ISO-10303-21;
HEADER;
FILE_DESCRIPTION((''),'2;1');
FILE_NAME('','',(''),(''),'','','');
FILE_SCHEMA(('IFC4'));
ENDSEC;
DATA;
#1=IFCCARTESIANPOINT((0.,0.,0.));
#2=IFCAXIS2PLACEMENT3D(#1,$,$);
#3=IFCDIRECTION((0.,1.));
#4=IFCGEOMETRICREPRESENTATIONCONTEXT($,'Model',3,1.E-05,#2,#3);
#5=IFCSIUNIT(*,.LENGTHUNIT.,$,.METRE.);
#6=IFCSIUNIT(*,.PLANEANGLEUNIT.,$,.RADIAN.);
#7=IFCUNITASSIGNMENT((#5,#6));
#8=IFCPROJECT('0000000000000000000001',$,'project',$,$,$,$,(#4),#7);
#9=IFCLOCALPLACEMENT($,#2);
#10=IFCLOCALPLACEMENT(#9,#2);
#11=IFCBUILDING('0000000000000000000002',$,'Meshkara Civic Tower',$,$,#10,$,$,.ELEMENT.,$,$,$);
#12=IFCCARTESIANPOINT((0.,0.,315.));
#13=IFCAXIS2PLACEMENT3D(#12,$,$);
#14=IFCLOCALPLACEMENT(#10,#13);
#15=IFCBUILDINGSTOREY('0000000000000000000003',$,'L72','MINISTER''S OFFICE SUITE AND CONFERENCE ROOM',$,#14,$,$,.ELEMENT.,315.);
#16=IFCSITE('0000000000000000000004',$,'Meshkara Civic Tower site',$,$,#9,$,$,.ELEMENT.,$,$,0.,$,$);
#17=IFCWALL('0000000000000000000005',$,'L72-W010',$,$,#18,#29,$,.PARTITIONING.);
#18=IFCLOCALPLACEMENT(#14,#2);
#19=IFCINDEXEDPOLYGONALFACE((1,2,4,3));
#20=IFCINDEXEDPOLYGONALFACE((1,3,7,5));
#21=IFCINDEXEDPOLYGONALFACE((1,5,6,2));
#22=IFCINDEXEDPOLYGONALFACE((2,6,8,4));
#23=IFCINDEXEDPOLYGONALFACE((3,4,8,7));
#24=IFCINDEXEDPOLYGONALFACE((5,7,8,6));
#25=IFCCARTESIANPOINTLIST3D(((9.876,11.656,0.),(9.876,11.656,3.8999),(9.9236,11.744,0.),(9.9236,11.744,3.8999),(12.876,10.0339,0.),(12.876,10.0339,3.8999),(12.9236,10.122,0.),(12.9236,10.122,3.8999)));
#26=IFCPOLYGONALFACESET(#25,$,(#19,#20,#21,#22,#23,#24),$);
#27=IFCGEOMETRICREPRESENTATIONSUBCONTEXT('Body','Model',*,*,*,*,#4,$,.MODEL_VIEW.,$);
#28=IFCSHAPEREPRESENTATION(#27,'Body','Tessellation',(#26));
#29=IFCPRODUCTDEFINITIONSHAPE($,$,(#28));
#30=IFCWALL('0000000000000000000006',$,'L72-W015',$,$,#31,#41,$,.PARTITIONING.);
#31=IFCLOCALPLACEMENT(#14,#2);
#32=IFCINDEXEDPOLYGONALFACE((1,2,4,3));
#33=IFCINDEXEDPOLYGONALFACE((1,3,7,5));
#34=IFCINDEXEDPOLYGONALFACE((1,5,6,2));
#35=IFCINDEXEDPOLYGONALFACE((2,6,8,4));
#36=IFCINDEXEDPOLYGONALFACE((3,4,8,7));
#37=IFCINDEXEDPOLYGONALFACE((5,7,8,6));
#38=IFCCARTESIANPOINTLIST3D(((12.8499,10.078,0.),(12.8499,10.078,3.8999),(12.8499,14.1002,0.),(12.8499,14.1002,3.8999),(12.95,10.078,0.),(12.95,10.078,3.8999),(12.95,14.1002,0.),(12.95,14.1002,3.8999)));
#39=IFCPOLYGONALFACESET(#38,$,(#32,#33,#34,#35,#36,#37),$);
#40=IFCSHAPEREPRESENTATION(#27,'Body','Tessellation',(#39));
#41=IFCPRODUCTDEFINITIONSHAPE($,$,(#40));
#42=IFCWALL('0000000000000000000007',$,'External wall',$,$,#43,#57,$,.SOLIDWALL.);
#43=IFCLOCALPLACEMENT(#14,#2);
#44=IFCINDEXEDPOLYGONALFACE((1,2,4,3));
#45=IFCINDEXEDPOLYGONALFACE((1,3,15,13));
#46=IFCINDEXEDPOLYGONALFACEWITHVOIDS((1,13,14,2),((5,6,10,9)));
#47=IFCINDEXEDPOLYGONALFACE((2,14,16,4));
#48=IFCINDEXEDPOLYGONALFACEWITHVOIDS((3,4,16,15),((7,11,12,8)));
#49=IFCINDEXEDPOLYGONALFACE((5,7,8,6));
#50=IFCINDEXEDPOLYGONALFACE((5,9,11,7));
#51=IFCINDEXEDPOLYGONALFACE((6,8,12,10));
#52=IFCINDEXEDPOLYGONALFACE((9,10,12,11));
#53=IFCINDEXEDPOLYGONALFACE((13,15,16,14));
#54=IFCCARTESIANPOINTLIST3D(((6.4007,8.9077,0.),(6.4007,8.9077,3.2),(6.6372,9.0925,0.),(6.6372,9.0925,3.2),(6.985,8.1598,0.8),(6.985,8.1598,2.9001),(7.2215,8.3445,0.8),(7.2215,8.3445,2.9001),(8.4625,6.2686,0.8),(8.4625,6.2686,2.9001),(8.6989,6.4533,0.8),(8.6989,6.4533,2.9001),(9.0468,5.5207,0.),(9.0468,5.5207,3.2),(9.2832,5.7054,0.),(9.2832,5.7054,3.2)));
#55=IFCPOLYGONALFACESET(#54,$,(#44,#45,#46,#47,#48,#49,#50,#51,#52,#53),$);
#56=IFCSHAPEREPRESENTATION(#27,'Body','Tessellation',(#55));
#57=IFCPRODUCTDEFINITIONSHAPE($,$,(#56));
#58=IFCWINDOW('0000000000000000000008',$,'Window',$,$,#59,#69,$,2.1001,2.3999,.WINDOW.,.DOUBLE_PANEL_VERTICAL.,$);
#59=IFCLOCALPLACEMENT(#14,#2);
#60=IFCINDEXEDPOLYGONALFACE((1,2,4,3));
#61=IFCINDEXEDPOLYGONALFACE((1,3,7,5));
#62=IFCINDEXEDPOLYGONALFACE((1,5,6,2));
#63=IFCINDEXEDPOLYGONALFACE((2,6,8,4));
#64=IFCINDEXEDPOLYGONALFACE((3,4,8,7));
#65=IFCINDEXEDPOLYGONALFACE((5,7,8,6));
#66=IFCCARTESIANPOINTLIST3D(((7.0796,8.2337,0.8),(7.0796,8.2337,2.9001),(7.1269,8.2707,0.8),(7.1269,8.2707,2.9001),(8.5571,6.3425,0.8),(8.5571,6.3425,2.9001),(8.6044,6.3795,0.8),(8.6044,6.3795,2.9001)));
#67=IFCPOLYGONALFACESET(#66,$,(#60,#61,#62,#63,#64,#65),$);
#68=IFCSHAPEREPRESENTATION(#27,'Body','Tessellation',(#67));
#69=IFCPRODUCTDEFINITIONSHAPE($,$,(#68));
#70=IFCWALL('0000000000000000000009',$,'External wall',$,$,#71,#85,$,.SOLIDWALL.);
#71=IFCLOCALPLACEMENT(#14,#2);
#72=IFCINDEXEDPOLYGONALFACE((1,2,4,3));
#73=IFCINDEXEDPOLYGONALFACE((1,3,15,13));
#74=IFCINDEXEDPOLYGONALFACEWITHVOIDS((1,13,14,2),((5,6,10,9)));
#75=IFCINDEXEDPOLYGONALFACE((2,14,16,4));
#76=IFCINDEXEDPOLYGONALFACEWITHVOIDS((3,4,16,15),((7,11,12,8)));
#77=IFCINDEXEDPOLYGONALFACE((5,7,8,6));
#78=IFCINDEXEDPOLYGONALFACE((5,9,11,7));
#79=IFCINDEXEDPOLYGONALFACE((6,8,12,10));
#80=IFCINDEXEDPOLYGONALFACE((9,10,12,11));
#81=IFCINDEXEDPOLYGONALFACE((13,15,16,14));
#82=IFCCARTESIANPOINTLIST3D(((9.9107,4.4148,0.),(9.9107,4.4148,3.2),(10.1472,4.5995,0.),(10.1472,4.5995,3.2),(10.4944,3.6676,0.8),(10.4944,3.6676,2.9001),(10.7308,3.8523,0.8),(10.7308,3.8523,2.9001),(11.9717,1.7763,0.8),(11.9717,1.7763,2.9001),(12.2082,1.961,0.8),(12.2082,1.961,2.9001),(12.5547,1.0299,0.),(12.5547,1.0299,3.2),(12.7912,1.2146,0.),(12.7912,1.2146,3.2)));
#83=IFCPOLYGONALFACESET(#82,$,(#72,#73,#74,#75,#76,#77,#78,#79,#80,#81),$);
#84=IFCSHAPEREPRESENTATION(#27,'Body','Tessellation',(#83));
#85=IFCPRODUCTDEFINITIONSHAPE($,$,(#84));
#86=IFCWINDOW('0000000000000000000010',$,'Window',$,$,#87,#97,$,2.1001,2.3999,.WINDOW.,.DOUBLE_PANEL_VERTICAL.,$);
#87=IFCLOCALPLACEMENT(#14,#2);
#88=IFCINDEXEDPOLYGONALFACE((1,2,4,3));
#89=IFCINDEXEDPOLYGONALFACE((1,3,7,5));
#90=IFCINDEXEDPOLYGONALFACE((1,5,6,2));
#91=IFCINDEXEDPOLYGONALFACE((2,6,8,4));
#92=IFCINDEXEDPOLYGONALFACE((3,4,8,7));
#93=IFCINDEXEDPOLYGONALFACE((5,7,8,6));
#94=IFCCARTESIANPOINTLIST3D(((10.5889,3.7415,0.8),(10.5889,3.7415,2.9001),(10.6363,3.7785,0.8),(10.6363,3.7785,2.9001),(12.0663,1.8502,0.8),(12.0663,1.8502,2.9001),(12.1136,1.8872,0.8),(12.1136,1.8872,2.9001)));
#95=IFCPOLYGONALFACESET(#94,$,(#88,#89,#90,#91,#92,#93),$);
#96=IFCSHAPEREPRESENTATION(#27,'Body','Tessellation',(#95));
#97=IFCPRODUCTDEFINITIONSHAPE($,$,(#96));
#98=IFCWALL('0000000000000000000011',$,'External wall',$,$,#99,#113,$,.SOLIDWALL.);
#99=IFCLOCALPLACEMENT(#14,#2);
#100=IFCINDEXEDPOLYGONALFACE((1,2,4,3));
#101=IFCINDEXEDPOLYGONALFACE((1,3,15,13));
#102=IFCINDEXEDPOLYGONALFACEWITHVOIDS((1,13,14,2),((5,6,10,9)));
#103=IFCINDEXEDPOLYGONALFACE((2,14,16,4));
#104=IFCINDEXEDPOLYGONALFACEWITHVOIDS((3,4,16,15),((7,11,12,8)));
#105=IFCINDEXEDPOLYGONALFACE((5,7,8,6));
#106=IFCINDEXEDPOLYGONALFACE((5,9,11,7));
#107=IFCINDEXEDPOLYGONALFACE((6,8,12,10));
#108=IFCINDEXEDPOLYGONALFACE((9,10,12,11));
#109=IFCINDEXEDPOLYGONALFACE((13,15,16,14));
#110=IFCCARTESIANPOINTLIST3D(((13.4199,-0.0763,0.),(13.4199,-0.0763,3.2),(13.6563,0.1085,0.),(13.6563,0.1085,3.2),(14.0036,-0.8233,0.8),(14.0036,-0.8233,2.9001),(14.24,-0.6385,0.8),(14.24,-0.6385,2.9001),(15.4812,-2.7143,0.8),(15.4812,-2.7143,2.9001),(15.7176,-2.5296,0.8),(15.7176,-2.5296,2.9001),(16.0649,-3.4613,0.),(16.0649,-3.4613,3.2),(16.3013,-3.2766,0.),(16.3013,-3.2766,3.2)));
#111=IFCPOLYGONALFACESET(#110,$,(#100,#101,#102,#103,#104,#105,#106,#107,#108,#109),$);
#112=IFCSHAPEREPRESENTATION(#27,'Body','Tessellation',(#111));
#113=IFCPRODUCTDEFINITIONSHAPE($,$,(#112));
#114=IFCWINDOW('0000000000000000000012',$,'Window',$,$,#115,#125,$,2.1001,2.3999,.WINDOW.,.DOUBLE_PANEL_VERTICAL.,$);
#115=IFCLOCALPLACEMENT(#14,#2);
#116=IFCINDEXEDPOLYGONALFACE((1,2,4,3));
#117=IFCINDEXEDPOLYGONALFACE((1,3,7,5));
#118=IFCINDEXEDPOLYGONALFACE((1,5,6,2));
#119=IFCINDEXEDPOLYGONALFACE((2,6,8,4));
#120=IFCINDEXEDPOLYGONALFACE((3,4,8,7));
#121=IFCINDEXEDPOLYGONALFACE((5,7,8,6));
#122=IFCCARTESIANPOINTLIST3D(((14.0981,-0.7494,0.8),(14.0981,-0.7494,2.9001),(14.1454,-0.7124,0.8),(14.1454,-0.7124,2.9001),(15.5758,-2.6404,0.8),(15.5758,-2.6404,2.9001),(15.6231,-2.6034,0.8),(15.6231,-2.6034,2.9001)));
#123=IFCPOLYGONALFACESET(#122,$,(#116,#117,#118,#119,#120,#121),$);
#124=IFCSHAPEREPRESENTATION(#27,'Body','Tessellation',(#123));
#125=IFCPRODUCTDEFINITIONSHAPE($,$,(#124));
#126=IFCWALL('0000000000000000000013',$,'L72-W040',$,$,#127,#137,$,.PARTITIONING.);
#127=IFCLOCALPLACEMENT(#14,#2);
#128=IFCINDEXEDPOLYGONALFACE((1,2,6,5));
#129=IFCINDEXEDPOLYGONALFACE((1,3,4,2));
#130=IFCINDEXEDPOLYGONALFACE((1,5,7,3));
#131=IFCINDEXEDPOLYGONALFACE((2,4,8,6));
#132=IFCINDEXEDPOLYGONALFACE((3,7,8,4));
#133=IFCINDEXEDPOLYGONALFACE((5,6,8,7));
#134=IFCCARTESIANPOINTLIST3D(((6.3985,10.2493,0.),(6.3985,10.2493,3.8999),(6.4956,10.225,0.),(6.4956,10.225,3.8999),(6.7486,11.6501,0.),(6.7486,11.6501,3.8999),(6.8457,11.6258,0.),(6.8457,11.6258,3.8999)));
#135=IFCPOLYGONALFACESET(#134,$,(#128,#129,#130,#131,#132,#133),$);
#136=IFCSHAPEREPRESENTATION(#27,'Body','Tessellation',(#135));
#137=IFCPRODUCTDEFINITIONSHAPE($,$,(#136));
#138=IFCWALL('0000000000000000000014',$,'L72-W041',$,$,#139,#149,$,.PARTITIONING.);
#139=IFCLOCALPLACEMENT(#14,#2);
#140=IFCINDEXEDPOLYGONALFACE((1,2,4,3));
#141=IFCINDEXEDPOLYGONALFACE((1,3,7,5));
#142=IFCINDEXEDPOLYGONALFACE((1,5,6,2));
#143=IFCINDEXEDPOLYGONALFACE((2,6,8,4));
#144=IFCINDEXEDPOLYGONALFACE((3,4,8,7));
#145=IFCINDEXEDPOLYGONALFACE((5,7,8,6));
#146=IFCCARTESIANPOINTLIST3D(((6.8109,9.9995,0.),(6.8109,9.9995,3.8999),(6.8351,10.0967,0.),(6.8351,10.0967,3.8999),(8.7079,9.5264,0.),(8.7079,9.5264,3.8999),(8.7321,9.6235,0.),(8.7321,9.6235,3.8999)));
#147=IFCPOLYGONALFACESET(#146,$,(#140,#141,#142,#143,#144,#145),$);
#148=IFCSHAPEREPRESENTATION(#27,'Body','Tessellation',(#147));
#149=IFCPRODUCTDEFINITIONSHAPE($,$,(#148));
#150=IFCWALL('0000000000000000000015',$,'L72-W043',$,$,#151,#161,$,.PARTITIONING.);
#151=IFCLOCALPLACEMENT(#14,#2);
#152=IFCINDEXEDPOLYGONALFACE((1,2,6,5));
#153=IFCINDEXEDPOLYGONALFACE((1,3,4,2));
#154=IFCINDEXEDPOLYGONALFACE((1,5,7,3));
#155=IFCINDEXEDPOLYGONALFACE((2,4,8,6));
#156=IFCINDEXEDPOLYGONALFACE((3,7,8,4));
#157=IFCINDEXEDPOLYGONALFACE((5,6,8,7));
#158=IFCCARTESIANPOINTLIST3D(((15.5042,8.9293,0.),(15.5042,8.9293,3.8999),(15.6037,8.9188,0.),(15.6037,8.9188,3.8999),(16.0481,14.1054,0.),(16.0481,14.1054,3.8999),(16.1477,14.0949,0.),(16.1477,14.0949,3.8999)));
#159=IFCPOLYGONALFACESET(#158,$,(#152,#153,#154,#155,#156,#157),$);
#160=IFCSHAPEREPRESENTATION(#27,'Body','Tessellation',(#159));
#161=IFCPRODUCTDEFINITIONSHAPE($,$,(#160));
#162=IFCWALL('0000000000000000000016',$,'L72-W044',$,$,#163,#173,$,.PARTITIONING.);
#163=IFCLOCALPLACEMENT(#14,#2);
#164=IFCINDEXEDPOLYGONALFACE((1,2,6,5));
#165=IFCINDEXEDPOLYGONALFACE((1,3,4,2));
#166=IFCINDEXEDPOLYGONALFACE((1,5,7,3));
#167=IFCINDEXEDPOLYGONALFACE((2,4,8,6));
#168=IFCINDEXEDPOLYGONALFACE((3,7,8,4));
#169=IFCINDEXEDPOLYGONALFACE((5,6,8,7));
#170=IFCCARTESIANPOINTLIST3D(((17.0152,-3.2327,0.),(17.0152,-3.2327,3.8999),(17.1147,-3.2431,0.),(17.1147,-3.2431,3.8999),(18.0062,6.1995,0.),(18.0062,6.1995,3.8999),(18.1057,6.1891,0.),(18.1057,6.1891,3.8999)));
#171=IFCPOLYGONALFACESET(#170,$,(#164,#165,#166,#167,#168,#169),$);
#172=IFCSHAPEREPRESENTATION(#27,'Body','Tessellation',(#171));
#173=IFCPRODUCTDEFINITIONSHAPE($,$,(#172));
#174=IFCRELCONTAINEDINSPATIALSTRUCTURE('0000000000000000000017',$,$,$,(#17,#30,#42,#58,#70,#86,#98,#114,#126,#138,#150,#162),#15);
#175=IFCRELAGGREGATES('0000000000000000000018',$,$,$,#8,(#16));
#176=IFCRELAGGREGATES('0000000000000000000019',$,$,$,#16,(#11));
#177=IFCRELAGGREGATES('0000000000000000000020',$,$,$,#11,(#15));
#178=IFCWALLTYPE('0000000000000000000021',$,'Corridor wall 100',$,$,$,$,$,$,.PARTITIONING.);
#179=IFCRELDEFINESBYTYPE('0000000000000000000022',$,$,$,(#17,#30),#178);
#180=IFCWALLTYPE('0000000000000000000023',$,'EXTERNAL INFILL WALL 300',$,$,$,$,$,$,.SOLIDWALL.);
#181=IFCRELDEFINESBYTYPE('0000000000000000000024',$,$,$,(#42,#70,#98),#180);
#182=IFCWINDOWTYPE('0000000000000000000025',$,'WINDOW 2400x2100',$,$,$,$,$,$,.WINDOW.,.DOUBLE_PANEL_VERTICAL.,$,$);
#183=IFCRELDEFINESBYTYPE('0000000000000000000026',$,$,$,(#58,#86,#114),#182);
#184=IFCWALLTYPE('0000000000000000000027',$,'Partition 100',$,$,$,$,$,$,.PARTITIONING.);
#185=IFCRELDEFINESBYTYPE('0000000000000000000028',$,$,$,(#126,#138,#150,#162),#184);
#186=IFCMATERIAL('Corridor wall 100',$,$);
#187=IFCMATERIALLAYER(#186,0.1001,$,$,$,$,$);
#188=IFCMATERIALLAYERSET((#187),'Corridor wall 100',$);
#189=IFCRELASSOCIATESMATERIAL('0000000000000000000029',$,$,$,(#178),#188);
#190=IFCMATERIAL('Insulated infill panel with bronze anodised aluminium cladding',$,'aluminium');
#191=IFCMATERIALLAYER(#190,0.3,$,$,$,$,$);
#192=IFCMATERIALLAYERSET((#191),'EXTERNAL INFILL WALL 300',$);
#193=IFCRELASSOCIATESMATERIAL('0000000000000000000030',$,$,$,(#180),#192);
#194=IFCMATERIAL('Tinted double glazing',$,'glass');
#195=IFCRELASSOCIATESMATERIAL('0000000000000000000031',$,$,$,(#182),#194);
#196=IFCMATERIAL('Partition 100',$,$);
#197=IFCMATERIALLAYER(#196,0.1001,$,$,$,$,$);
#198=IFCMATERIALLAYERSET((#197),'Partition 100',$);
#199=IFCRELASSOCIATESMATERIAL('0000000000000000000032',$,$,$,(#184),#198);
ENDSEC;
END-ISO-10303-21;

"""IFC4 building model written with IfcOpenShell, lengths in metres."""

from ifc_helpers import new_model, si_unit, direction, frame, frame_2d, origin, place, context, subcontext, project, spatial, rectangle, extrude, material, layer, layer_set, type_object, element, fill, save


model = new_model("IFC4")

# Units and contexts
model_context = context("Model", 3, precision=1e-05, world=origin(), true_north=direction((0.0, 1.0)))
body_context = subcontext(model_context, "Body", "Model", "MODEL_VIEW")
ifc_project = project(units=[si_unit("LENGTHUNIT", "METRE"), si_unit("PLANEANGLEUNIT", "RADIAN")], contexts=[model_context])

# Site, building, storey
site_placement = place(None, origin())
site = spatial("IfcSite", under=ifc_project, at=site_placement, Name="Meshkara Civic Tower site", CompositionType="ELEMENT", RefElevation=0.0)
building_placement = place(site_placement, origin())
building = spatial("IfcBuilding", under=site, at=building_placement, Name="Meshkara Civic Tower", CompositionType="ELEMENT")
storey_placement = place(building_placement, frame((0.0, 0.0, 315.0)))
storey = spatial("IfcBuildingStorey", under=building, at=storey_placement, Name="L72", Description="MINISTER'S OFFICE SUITE AND CONFERENCE ROOM", CompositionType="ELEMENT", Elevation=315.0)

# Shared definitions
ifc_material_1 = material(Name="Corridor wall 100")
ifc_layer_1 = layer(ifc_material_1, 0.1001)
ifc_layer_set_1 = layer_set([ifc_layer_1], Name="Corridor wall 100")
wall_type_1 = type_object("IfcWallType", Name="Corridor wall 100", PredefinedType="PARTITIONING", material=ifc_layer_set_1)

# Walls
wall_1_placement = place(storey_placement, frame((9.8999, 11.7, 0.0), z_axis=(0.0, 0.0, 1.0), x_axis=(0.879651, -0.475619, 0.0)))
element("IfcWall", 1, at=wall_1_placement, inside=storey, type_object=wall_type_1, Name="L72-W010", PredefinedType="PARTITIONING", context=body_context, shape_type="SweptSolid", body=[
    extrude(rectangle(XDim=3.4104, YDim=0.1001, at=frame_2d((1.7051, 0.0))), origin(), (0.0, 0.0, 1.0), 3.8999),
])
wall_2_placement = place(storey_placement, frame((12.8999, 10.0779, 0.0), z_axis=(0.0, 0.0, 1.0), x_axis=(0.0, 1.0, 0.0)))
element("IfcWall", 2, at=wall_2_placement, inside=storey, type_object=wall_type_1, Name="L72-W015", PredefinedType="PARTITIONING", context=body_context, shape_type="SweptSolid", body=[
    extrude(rectangle(XDim=4.0222, YDim=0.1001, at=frame_2d((2.0112, 0.0))), origin(), (0.0, 0.0, 1.0), 3.8999),
])

# Walls, openings, windows
ifc_material_2 = material(Name="Insulated infill panel with bronze anodised aluminium cladding", Category="aluminium")
ifc_layer_2 = layer(ifc_material_2, 0.3)
ifc_layer_set_2 = layer_set([ifc_layer_2], Name="EXTERNAL INFILL WALL 300")
wall_type_2 = type_object("IfcWallType", Name="EXTERNAL INFILL WALL 300", PredefinedType="SOLIDWALL", material=ifc_layer_set_2)
wall_3_placement = place(storey_placement, frame((6.519, 9.0, 0.0), z_axis=(0.0, 0.0, 1.0), x_axis=(0.615634, -0.788032, 0.0)))
wall_3 = element("IfcWall", 3, at=wall_3_placement, inside=storey, type_object=wall_type_2, Name="External wall", PredefinedType="SOLIDWALL", context=body_context, shape_type="SweptSolid", body=[
    extrude(rectangle(XDim=4.2981, YDim=0.3, at=frame_2d((2.1489, 0.0))), origin(), (0.0, 0.0, 1.0), 3.2),
])
opening_1_placement = place(wall_3_placement, frame((0.949, 0.0, 0.8)))
opening_1 = element("IfcOpeningElement", 4, at=opening_1_placement, cuts=wall_3, PredefinedType="OPENING", context=body_context, shape_type="SweptSolid", body=[
    extrude(rectangle(XDim=2.3999, YDim=2.1001, at=frame_2d((1.2, 1.05))), frame((0.0, 0.1599, 0.0), z_axis=(0.0, -1.0, 0.0), x_axis=(1.0, 0.0, 0.0)), (0.0, 0.0, 1.0), 0.3201),
])
ifc_material_3 = material(Name="Tinted double glazing", Category="glass")
window_type = type_object("IfcWindowType", Name="WINDOW 2400x2100", PartitioningType="DOUBLE_PANEL_VERTICAL", PredefinedType="WINDOW", material=ifc_material_3)
window_1_placement = place(opening_1_placement, origin())
window_1 = element("IfcWindow", 5, at=window_1_placement, inside=storey, type_object=window_type, Name="Window", OverallHeight=2.1001, OverallWidth=2.3999, PartitioningType="DOUBLE_PANEL_VERTICAL", PredefinedType="WINDOW", context=body_context, shape_type="SweptSolid", body=[
    extrude(rectangle(XDim=2.3999, YDim=2.1001, at=frame_2d((1.2, 1.05))), frame((0.0, 0.03, 0.0), z_axis=(0.0, -1.0, 0.0), x_axis=(1.0, 0.0, 0.0)), (0.0, 0.0, 1.0), 0.0601),
])
fill(opening_1, window_1)
wall_4_placement = place(storey_placement, frame((10.0291, 4.5071, 0.0), z_axis=(0.0, 0.0, 1.0), x_axis=(0.615572, -0.78808, 0.0)))
wall_4 = element("IfcWall", 6, at=wall_4_placement, inside=storey, type_object=wall_type_2, Name="External wall", PredefinedType="SOLIDWALL", context=body_context, shape_type="SweptSolid", body=[
    extrude(rectangle(XDim=4.2952, YDim=0.3, at=frame_2d((2.1475, 0.0))), origin(), (0.0, 0.0, 1.0), 3.2),
])
opening_2_placement = place(wall_4_placement, frame((0.948, 0.0, 0.8)))
opening_2 = element("IfcOpeningElement", 7, at=opening_2_placement, cuts=wall_4, PredefinedType="OPENING", context=body_context, shape_type="SweptSolid", body=[
    extrude(rectangle(XDim=2.3999, YDim=2.1001, at=frame_2d((1.2, 1.05))), frame((0.0, 0.1599, 0.0), z_axis=(0.0, -1.0, 0.0), x_axis=(1.0, 0.0, 0.0)), (0.0, 0.0, 1.0), 0.3201),
])
window_2_placement = place(opening_2_placement, origin())
window_2 = element("IfcWindow", 8, at=window_2_placement, inside=storey, type_object=window_type, Name="Window", OverallHeight=2.1001, OverallWidth=2.3999, PartitioningType="DOUBLE_PANEL_VERTICAL", PredefinedType="WINDOW", context=body_context, shape_type="SweptSolid", body=[
    extrude(rectangle(XDim=2.3999, YDim=2.1001, at=frame_2d((1.2, 1.05))), frame((0.0, 0.03, 0.0), z_axis=(0.0, -1.0, 0.0), x_axis=(1.0, 0.0, 0.0)), (0.0, 0.0, 1.0), 0.0601),
])
fill(opening_2, window_2)
wall_5_placement = place(storey_placement, frame((13.5381, 0.0161, 0.0), z_axis=(0.0, 0.0, 1.0), x_axis=(0.615714, -0.78797, 0.0)))
wall_5 = element("IfcWall", 9, at=wall_5_placement, inside=storey, type_object=wall_type_2, Name="External wall", PredefinedType="SOLIDWALL", context=body_context, shape_type="SweptSolid", body=[
    extrude(rectangle(XDim=4.2959, YDim=0.3, at=frame_2d((2.1479, 0.0))), origin(), (0.0, 0.0, 1.0), 3.2),
])
opening_3_placement = place(wall_5_placement, frame((0.948, 0.0, 0.8)))
opening_3 = element("IfcOpeningElement", 10, at=opening_3_placement, cuts=wall_5, PredefinedType="OPENING", context=body_context, shape_type="SweptSolid", body=[
    extrude(rectangle(XDim=2.3999, YDim=2.1001, at=frame_2d((1.2, 1.05))), frame((0.0, 0.1599, 0.0), z_axis=(0.0, -1.0, 0.0), x_axis=(1.0, 0.0, 0.0)), (0.0, 0.0, 1.0), 0.3201),
])
window_3_placement = place(opening_3_placement, origin())
window_3 = element("IfcWindow", 11, at=window_3_placement, inside=storey, type_object=window_type, Name="Window", OverallHeight=2.1001, OverallWidth=2.3999, PartitioningType="DOUBLE_PANEL_VERTICAL", PredefinedType="WINDOW", context=body_context, shape_type="SweptSolid", body=[
    extrude(rectangle(XDim=2.3999, YDim=2.1001, at=frame_2d((1.2, 1.05))), frame((0.0, 0.03, 0.0), z_axis=(0.0, -1.0, 0.0), x_axis=(1.0, 0.0, 0.0)), (0.0, 0.0, 1.0), 0.0601),
])
fill(opening_3, window_3)

# Walls
ifc_material_4 = material(Name="Partition 100")
ifc_layer_3 = layer(ifc_material_4, 0.1001)
ifc_layer_set_3 = layer_set([ifc_layer_3], Name="Partition 100")
wall_type_3 = type_object("IfcWallType", Name="Partition 100", PredefinedType="PARTITIONING", material=ifc_layer_set_3)
wall_6_placement = place(storey_placement, frame((6.7971, 11.6379, 0.0), z_axis=(0.0, 0.0, 1.0), x_axis=(-0.242456, -0.970162, 0.0)))
element("IfcWall", 12, at=wall_6_placement, inside=storey, type_object=wall_type_3, Name="L72-W040", PredefinedType="PARTITIONING", context=body_context, shape_type="SweptSolid", body=[
    extrude(rectangle(XDim=1.4438, YDim=0.1001, at=frame_2d((0.7219, 0.0))), origin(), (0.0, 0.0, 1.0), 3.8999),
])
wall_7_placement = place(storey_placement, frame((8.72, 9.575, 0.0), z_axis=(0.0, 0.0, 1.0), x_axis=(-0.970275, 0.242007, 0.0)))
element("IfcWall", 13, at=wall_7_placement, inside=storey, type_object=wall_type_3, Name="L72-W041", PredefinedType="PARTITIONING", context=body_context, shape_type="SweptSolid", body=[
    extrude(rectangle(XDim=1.9551, YDim=0.1001, at=frame_2d((0.9775, 0.0))), origin(), (0.0, 0.0, 1.0), 3.8999),
])
wall_8_placement = place(storey_placement, frame((15.554, 8.9241, 0.0), z_axis=(0.0, 0.0, 1.0), x_axis=(0.104514, 0.994523, 0.0)))
element("IfcWall", 14, at=wall_8_placement, inside=storey, type_object=wall_type_3, Name="L72-W043", PredefinedType="PARTITIONING", context=body_context, shape_type="SweptSolid", body=[
    extrude(rectangle(XDim=5.2046, YDim=0.1001, at=frame_2d((2.6023, 0.0))), origin(), (0.0, 0.0, 1.0), 3.8999),
])
wall_9_placement = place(storey_placement, frame((17.0649, -3.238, 0.0), z_axis=(0.0, 0.0, 1.0), x_axis=(0.104488, 0.994526, 0.0)))
element("IfcWall", 15, at=wall_9_placement, inside=storey, type_object=wall_type_3, Name="L72-W044", PredefinedType="PARTITIONING", context=body_context, shape_type="SweptSolid", body=[
    extrude(rectangle(XDim=9.4841, YDim=0.1001, at=frame_2d((4.7422, 0.0))), origin(), (0.0, 0.0, 1.0), 3.8999),
])

save(model, "model.ifc")
